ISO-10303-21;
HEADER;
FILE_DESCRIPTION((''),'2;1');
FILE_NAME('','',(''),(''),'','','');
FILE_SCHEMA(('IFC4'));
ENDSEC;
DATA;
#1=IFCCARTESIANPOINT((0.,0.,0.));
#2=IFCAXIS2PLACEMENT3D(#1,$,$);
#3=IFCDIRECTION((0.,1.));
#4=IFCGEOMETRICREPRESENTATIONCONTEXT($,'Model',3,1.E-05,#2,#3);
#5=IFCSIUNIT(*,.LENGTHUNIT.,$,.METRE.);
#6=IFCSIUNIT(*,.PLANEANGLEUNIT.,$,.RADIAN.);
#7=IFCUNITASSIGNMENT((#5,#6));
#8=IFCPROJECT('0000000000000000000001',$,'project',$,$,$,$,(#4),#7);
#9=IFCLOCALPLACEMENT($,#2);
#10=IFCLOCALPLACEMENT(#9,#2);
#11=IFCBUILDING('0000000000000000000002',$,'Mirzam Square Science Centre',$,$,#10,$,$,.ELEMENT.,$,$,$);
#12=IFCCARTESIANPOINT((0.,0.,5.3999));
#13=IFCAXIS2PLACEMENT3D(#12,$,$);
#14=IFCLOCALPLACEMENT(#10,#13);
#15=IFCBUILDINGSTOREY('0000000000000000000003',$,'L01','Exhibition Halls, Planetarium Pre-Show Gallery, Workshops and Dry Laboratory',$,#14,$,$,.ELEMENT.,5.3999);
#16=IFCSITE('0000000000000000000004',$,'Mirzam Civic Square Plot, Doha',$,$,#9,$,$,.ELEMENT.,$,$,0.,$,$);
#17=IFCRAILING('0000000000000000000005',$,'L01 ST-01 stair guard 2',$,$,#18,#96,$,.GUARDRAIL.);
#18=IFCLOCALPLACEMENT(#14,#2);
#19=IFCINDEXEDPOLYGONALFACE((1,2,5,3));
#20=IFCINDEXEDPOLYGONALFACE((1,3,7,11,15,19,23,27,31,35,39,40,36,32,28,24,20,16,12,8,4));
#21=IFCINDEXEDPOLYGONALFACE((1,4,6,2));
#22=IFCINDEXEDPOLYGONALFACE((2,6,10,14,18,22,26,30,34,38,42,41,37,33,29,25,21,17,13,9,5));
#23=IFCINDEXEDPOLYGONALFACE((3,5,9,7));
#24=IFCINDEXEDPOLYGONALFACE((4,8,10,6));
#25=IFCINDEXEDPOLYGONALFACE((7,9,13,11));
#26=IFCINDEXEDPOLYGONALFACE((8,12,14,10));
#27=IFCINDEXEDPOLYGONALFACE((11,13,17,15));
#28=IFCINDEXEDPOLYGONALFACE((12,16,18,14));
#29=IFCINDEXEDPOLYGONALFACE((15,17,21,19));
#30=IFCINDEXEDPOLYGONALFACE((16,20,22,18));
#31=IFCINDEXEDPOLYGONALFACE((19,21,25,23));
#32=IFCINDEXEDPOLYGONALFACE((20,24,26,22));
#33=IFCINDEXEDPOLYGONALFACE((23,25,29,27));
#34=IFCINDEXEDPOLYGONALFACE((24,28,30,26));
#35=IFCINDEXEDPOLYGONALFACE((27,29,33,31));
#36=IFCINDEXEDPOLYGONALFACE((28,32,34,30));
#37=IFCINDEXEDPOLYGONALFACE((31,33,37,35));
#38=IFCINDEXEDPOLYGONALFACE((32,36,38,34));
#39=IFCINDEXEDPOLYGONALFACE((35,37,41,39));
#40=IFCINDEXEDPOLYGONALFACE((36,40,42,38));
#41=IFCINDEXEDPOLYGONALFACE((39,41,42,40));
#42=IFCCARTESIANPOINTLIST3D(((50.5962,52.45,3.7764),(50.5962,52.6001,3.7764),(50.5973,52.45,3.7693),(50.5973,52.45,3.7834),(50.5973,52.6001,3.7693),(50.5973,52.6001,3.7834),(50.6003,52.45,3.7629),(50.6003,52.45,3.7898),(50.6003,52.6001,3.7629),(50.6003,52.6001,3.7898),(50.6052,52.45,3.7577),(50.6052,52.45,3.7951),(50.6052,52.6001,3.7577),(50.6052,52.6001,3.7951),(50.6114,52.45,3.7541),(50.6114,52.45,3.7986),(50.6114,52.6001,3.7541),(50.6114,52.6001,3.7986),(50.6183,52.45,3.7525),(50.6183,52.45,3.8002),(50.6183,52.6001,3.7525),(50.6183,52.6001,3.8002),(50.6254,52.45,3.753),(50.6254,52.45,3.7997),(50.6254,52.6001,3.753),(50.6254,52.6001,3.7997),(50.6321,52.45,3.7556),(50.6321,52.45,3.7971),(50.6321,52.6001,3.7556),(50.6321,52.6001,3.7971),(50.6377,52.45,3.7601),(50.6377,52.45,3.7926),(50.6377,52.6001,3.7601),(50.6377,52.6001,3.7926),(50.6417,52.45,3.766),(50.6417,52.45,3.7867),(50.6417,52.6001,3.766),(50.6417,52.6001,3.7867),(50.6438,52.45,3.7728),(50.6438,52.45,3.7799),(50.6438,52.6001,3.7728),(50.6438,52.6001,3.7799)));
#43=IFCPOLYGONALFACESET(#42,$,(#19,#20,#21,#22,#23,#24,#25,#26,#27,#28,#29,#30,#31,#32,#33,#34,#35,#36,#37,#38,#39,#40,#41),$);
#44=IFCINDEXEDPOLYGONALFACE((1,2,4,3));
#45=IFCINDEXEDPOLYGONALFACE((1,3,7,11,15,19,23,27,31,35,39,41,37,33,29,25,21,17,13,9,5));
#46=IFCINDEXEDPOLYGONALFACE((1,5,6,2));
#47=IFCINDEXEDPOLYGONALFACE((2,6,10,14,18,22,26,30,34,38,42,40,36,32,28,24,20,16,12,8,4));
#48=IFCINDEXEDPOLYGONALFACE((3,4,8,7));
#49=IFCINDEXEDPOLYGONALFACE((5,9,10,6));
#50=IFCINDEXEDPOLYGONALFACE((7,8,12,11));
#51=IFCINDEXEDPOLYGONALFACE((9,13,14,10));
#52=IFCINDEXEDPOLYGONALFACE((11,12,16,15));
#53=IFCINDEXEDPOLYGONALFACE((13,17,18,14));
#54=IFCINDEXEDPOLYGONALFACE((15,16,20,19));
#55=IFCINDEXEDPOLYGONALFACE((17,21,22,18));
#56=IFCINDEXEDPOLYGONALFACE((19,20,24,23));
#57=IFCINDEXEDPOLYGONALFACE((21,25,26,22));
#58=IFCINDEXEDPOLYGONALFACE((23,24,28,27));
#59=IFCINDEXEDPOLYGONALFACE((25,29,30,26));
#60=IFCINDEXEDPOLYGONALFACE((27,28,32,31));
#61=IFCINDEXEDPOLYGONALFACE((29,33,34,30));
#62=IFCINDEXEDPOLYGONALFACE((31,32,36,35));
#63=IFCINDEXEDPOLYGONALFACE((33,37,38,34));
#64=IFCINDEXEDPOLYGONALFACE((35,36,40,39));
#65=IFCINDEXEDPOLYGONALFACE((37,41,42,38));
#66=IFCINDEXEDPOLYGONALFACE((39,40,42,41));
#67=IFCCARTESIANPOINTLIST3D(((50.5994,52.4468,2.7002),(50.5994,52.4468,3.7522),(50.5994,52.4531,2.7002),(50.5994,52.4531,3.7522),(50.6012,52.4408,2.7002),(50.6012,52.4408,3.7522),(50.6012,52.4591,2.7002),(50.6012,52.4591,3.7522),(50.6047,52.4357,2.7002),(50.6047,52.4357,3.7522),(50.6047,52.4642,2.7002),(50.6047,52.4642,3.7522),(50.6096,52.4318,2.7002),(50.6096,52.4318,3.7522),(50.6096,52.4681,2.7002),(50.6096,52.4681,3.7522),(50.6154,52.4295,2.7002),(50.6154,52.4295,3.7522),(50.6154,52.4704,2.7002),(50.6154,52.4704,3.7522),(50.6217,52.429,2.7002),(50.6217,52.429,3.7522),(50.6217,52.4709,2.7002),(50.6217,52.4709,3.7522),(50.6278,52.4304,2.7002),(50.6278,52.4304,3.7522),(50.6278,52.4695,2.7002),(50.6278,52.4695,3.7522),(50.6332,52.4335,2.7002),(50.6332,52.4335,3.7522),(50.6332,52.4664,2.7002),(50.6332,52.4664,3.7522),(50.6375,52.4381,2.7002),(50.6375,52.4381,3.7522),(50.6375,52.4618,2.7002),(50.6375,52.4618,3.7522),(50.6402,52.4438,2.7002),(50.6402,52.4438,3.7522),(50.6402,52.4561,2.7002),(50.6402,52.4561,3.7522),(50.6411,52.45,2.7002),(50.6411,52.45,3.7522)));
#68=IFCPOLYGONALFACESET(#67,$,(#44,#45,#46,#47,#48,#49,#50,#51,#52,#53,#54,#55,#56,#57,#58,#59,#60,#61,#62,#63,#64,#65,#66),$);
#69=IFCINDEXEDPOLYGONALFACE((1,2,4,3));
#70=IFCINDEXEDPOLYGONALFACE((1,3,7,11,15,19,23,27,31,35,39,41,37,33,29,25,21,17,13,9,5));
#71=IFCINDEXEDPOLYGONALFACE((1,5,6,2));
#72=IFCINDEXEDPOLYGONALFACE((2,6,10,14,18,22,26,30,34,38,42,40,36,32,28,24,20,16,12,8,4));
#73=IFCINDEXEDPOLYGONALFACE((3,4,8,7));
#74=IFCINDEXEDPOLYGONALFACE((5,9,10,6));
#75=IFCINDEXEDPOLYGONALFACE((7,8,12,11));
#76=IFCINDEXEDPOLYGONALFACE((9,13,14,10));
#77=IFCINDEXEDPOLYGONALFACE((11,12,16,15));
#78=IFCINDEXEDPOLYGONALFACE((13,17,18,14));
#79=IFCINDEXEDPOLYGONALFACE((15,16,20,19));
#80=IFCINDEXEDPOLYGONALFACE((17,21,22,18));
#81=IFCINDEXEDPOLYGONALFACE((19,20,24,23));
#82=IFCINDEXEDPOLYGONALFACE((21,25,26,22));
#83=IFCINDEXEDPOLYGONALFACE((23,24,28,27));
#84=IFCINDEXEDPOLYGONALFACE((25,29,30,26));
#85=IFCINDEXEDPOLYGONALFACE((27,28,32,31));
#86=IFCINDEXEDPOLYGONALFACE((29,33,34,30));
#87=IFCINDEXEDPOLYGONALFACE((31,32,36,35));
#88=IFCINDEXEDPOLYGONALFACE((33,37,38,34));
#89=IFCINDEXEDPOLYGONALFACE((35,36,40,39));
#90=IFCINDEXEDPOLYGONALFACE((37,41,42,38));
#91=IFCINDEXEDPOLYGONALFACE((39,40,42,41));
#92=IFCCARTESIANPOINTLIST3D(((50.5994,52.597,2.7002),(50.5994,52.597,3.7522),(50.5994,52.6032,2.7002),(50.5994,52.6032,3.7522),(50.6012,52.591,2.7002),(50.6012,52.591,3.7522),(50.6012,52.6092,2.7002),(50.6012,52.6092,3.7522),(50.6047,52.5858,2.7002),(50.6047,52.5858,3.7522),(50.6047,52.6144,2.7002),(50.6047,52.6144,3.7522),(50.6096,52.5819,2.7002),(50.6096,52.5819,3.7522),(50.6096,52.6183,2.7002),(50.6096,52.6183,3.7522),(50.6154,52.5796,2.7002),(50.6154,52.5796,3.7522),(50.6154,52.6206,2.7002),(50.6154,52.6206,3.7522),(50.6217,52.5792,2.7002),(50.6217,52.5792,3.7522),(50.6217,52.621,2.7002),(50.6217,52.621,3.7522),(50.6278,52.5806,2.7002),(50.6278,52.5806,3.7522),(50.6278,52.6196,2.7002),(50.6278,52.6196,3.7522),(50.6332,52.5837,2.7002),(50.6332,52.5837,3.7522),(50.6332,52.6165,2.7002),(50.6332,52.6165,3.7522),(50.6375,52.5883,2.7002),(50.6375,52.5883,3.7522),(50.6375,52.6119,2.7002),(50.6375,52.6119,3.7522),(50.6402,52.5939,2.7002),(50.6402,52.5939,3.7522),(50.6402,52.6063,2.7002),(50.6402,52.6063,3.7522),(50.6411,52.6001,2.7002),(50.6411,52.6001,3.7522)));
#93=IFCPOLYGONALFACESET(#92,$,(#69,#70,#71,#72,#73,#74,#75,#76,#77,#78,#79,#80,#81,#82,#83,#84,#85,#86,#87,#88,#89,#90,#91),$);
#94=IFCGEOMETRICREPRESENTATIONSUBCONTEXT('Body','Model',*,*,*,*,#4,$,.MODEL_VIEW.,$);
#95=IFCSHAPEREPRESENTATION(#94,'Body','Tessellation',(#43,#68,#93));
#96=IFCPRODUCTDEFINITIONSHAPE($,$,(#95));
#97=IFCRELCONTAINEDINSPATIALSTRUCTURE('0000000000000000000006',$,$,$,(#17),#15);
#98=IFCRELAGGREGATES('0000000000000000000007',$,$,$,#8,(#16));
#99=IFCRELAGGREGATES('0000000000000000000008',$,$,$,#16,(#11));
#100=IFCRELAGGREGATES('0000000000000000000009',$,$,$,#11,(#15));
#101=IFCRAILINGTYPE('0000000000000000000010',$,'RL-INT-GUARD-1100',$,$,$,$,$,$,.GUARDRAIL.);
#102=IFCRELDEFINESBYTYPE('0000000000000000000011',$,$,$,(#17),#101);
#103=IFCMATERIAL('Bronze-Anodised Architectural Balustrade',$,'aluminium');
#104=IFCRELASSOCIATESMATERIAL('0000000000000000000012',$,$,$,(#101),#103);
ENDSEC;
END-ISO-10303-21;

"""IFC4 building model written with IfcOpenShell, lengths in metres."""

from ifc_helpers import new_model, si_unit, direction, frame, origin, origin_2d, place, context, subcontext, project, spatial, circle, extrude, material, type_object, element, save


model = new_model("IFC4")

# Units and contexts
model_context = context("Model", 3, precision=1e-05, world=origin(), true_north=direction((0.0, 1.0)))
body_context = subcontext(model_context, "Body", "Model", "MODEL_VIEW")
ifc_project = project(units=[si_unit("LENGTHUNIT", "METRE"), si_unit("PLANEANGLEUNIT", "RADIAN")], contexts=[model_context])

# Site, building, storey
site_placement = place(None, origin())
site = spatial("IfcSite", under=ifc_project, at=site_placement, Name="Mirzam Civic Square Plot, Doha", CompositionType="ELEMENT", RefElevation=0.0)
building_placement = place(site_placement, origin())
building = spatial("IfcBuilding", under=site, at=building_placement, Name="Mirzam Square Science Centre", CompositionType="ELEMENT")
storey_placement = place(building_placement, frame((0.0, 0.0, 5.3999)))
storey = spatial("IfcBuildingStorey", under=building, at=storey_placement, Name="L01", Description="Exhibition Halls, Planetarium Pre-Show Gallery, Workshops and Dry Laboratory", CompositionType="ELEMENT", Elevation=5.3999)

# Railing
ifc_material_1 = material(Name="Bronze-Anodised Architectural Balustrade", Category="aluminium")
railing_type_1 = type_object("IfcRailingType", Name="RL-INT-GUARD-1100", PredefinedType="GUARDRAIL", material=ifc_material_1)
railing_1_placement = place(storey_placement, frame((50.6201, 52.45, 2.7002)))
element("IfcRailing", 1, at=railing_1_placement, inside=storey, type_object=railing_type_1, Name="L01 ST-01 stair guard 2", PredefinedType="GUARDRAIL", context=body_context, shape_type="SweptSolid", body=[
    extrude(circle(Radius=0.0239, at=origin_2d()), frame((0.0, 0.0, 1.0762), z_axis=(0.0, 1.0, 0.0), x_axis=(-1.0, 0.0, 0.0)), (0.0, 0.0, 1.0), 0.1501),
    extrude(circle(Radius=0.021, at=origin_2d()), origin(), (0.0, 0.0, 1.0), 1.052),
    extrude(circle(Radius=0.021, at=origin_2d()), frame((0.0, 0.1501, 0.0)), (0.0, 0.0, 1.0), 1.052),
])

save(model, "model.ifc")
